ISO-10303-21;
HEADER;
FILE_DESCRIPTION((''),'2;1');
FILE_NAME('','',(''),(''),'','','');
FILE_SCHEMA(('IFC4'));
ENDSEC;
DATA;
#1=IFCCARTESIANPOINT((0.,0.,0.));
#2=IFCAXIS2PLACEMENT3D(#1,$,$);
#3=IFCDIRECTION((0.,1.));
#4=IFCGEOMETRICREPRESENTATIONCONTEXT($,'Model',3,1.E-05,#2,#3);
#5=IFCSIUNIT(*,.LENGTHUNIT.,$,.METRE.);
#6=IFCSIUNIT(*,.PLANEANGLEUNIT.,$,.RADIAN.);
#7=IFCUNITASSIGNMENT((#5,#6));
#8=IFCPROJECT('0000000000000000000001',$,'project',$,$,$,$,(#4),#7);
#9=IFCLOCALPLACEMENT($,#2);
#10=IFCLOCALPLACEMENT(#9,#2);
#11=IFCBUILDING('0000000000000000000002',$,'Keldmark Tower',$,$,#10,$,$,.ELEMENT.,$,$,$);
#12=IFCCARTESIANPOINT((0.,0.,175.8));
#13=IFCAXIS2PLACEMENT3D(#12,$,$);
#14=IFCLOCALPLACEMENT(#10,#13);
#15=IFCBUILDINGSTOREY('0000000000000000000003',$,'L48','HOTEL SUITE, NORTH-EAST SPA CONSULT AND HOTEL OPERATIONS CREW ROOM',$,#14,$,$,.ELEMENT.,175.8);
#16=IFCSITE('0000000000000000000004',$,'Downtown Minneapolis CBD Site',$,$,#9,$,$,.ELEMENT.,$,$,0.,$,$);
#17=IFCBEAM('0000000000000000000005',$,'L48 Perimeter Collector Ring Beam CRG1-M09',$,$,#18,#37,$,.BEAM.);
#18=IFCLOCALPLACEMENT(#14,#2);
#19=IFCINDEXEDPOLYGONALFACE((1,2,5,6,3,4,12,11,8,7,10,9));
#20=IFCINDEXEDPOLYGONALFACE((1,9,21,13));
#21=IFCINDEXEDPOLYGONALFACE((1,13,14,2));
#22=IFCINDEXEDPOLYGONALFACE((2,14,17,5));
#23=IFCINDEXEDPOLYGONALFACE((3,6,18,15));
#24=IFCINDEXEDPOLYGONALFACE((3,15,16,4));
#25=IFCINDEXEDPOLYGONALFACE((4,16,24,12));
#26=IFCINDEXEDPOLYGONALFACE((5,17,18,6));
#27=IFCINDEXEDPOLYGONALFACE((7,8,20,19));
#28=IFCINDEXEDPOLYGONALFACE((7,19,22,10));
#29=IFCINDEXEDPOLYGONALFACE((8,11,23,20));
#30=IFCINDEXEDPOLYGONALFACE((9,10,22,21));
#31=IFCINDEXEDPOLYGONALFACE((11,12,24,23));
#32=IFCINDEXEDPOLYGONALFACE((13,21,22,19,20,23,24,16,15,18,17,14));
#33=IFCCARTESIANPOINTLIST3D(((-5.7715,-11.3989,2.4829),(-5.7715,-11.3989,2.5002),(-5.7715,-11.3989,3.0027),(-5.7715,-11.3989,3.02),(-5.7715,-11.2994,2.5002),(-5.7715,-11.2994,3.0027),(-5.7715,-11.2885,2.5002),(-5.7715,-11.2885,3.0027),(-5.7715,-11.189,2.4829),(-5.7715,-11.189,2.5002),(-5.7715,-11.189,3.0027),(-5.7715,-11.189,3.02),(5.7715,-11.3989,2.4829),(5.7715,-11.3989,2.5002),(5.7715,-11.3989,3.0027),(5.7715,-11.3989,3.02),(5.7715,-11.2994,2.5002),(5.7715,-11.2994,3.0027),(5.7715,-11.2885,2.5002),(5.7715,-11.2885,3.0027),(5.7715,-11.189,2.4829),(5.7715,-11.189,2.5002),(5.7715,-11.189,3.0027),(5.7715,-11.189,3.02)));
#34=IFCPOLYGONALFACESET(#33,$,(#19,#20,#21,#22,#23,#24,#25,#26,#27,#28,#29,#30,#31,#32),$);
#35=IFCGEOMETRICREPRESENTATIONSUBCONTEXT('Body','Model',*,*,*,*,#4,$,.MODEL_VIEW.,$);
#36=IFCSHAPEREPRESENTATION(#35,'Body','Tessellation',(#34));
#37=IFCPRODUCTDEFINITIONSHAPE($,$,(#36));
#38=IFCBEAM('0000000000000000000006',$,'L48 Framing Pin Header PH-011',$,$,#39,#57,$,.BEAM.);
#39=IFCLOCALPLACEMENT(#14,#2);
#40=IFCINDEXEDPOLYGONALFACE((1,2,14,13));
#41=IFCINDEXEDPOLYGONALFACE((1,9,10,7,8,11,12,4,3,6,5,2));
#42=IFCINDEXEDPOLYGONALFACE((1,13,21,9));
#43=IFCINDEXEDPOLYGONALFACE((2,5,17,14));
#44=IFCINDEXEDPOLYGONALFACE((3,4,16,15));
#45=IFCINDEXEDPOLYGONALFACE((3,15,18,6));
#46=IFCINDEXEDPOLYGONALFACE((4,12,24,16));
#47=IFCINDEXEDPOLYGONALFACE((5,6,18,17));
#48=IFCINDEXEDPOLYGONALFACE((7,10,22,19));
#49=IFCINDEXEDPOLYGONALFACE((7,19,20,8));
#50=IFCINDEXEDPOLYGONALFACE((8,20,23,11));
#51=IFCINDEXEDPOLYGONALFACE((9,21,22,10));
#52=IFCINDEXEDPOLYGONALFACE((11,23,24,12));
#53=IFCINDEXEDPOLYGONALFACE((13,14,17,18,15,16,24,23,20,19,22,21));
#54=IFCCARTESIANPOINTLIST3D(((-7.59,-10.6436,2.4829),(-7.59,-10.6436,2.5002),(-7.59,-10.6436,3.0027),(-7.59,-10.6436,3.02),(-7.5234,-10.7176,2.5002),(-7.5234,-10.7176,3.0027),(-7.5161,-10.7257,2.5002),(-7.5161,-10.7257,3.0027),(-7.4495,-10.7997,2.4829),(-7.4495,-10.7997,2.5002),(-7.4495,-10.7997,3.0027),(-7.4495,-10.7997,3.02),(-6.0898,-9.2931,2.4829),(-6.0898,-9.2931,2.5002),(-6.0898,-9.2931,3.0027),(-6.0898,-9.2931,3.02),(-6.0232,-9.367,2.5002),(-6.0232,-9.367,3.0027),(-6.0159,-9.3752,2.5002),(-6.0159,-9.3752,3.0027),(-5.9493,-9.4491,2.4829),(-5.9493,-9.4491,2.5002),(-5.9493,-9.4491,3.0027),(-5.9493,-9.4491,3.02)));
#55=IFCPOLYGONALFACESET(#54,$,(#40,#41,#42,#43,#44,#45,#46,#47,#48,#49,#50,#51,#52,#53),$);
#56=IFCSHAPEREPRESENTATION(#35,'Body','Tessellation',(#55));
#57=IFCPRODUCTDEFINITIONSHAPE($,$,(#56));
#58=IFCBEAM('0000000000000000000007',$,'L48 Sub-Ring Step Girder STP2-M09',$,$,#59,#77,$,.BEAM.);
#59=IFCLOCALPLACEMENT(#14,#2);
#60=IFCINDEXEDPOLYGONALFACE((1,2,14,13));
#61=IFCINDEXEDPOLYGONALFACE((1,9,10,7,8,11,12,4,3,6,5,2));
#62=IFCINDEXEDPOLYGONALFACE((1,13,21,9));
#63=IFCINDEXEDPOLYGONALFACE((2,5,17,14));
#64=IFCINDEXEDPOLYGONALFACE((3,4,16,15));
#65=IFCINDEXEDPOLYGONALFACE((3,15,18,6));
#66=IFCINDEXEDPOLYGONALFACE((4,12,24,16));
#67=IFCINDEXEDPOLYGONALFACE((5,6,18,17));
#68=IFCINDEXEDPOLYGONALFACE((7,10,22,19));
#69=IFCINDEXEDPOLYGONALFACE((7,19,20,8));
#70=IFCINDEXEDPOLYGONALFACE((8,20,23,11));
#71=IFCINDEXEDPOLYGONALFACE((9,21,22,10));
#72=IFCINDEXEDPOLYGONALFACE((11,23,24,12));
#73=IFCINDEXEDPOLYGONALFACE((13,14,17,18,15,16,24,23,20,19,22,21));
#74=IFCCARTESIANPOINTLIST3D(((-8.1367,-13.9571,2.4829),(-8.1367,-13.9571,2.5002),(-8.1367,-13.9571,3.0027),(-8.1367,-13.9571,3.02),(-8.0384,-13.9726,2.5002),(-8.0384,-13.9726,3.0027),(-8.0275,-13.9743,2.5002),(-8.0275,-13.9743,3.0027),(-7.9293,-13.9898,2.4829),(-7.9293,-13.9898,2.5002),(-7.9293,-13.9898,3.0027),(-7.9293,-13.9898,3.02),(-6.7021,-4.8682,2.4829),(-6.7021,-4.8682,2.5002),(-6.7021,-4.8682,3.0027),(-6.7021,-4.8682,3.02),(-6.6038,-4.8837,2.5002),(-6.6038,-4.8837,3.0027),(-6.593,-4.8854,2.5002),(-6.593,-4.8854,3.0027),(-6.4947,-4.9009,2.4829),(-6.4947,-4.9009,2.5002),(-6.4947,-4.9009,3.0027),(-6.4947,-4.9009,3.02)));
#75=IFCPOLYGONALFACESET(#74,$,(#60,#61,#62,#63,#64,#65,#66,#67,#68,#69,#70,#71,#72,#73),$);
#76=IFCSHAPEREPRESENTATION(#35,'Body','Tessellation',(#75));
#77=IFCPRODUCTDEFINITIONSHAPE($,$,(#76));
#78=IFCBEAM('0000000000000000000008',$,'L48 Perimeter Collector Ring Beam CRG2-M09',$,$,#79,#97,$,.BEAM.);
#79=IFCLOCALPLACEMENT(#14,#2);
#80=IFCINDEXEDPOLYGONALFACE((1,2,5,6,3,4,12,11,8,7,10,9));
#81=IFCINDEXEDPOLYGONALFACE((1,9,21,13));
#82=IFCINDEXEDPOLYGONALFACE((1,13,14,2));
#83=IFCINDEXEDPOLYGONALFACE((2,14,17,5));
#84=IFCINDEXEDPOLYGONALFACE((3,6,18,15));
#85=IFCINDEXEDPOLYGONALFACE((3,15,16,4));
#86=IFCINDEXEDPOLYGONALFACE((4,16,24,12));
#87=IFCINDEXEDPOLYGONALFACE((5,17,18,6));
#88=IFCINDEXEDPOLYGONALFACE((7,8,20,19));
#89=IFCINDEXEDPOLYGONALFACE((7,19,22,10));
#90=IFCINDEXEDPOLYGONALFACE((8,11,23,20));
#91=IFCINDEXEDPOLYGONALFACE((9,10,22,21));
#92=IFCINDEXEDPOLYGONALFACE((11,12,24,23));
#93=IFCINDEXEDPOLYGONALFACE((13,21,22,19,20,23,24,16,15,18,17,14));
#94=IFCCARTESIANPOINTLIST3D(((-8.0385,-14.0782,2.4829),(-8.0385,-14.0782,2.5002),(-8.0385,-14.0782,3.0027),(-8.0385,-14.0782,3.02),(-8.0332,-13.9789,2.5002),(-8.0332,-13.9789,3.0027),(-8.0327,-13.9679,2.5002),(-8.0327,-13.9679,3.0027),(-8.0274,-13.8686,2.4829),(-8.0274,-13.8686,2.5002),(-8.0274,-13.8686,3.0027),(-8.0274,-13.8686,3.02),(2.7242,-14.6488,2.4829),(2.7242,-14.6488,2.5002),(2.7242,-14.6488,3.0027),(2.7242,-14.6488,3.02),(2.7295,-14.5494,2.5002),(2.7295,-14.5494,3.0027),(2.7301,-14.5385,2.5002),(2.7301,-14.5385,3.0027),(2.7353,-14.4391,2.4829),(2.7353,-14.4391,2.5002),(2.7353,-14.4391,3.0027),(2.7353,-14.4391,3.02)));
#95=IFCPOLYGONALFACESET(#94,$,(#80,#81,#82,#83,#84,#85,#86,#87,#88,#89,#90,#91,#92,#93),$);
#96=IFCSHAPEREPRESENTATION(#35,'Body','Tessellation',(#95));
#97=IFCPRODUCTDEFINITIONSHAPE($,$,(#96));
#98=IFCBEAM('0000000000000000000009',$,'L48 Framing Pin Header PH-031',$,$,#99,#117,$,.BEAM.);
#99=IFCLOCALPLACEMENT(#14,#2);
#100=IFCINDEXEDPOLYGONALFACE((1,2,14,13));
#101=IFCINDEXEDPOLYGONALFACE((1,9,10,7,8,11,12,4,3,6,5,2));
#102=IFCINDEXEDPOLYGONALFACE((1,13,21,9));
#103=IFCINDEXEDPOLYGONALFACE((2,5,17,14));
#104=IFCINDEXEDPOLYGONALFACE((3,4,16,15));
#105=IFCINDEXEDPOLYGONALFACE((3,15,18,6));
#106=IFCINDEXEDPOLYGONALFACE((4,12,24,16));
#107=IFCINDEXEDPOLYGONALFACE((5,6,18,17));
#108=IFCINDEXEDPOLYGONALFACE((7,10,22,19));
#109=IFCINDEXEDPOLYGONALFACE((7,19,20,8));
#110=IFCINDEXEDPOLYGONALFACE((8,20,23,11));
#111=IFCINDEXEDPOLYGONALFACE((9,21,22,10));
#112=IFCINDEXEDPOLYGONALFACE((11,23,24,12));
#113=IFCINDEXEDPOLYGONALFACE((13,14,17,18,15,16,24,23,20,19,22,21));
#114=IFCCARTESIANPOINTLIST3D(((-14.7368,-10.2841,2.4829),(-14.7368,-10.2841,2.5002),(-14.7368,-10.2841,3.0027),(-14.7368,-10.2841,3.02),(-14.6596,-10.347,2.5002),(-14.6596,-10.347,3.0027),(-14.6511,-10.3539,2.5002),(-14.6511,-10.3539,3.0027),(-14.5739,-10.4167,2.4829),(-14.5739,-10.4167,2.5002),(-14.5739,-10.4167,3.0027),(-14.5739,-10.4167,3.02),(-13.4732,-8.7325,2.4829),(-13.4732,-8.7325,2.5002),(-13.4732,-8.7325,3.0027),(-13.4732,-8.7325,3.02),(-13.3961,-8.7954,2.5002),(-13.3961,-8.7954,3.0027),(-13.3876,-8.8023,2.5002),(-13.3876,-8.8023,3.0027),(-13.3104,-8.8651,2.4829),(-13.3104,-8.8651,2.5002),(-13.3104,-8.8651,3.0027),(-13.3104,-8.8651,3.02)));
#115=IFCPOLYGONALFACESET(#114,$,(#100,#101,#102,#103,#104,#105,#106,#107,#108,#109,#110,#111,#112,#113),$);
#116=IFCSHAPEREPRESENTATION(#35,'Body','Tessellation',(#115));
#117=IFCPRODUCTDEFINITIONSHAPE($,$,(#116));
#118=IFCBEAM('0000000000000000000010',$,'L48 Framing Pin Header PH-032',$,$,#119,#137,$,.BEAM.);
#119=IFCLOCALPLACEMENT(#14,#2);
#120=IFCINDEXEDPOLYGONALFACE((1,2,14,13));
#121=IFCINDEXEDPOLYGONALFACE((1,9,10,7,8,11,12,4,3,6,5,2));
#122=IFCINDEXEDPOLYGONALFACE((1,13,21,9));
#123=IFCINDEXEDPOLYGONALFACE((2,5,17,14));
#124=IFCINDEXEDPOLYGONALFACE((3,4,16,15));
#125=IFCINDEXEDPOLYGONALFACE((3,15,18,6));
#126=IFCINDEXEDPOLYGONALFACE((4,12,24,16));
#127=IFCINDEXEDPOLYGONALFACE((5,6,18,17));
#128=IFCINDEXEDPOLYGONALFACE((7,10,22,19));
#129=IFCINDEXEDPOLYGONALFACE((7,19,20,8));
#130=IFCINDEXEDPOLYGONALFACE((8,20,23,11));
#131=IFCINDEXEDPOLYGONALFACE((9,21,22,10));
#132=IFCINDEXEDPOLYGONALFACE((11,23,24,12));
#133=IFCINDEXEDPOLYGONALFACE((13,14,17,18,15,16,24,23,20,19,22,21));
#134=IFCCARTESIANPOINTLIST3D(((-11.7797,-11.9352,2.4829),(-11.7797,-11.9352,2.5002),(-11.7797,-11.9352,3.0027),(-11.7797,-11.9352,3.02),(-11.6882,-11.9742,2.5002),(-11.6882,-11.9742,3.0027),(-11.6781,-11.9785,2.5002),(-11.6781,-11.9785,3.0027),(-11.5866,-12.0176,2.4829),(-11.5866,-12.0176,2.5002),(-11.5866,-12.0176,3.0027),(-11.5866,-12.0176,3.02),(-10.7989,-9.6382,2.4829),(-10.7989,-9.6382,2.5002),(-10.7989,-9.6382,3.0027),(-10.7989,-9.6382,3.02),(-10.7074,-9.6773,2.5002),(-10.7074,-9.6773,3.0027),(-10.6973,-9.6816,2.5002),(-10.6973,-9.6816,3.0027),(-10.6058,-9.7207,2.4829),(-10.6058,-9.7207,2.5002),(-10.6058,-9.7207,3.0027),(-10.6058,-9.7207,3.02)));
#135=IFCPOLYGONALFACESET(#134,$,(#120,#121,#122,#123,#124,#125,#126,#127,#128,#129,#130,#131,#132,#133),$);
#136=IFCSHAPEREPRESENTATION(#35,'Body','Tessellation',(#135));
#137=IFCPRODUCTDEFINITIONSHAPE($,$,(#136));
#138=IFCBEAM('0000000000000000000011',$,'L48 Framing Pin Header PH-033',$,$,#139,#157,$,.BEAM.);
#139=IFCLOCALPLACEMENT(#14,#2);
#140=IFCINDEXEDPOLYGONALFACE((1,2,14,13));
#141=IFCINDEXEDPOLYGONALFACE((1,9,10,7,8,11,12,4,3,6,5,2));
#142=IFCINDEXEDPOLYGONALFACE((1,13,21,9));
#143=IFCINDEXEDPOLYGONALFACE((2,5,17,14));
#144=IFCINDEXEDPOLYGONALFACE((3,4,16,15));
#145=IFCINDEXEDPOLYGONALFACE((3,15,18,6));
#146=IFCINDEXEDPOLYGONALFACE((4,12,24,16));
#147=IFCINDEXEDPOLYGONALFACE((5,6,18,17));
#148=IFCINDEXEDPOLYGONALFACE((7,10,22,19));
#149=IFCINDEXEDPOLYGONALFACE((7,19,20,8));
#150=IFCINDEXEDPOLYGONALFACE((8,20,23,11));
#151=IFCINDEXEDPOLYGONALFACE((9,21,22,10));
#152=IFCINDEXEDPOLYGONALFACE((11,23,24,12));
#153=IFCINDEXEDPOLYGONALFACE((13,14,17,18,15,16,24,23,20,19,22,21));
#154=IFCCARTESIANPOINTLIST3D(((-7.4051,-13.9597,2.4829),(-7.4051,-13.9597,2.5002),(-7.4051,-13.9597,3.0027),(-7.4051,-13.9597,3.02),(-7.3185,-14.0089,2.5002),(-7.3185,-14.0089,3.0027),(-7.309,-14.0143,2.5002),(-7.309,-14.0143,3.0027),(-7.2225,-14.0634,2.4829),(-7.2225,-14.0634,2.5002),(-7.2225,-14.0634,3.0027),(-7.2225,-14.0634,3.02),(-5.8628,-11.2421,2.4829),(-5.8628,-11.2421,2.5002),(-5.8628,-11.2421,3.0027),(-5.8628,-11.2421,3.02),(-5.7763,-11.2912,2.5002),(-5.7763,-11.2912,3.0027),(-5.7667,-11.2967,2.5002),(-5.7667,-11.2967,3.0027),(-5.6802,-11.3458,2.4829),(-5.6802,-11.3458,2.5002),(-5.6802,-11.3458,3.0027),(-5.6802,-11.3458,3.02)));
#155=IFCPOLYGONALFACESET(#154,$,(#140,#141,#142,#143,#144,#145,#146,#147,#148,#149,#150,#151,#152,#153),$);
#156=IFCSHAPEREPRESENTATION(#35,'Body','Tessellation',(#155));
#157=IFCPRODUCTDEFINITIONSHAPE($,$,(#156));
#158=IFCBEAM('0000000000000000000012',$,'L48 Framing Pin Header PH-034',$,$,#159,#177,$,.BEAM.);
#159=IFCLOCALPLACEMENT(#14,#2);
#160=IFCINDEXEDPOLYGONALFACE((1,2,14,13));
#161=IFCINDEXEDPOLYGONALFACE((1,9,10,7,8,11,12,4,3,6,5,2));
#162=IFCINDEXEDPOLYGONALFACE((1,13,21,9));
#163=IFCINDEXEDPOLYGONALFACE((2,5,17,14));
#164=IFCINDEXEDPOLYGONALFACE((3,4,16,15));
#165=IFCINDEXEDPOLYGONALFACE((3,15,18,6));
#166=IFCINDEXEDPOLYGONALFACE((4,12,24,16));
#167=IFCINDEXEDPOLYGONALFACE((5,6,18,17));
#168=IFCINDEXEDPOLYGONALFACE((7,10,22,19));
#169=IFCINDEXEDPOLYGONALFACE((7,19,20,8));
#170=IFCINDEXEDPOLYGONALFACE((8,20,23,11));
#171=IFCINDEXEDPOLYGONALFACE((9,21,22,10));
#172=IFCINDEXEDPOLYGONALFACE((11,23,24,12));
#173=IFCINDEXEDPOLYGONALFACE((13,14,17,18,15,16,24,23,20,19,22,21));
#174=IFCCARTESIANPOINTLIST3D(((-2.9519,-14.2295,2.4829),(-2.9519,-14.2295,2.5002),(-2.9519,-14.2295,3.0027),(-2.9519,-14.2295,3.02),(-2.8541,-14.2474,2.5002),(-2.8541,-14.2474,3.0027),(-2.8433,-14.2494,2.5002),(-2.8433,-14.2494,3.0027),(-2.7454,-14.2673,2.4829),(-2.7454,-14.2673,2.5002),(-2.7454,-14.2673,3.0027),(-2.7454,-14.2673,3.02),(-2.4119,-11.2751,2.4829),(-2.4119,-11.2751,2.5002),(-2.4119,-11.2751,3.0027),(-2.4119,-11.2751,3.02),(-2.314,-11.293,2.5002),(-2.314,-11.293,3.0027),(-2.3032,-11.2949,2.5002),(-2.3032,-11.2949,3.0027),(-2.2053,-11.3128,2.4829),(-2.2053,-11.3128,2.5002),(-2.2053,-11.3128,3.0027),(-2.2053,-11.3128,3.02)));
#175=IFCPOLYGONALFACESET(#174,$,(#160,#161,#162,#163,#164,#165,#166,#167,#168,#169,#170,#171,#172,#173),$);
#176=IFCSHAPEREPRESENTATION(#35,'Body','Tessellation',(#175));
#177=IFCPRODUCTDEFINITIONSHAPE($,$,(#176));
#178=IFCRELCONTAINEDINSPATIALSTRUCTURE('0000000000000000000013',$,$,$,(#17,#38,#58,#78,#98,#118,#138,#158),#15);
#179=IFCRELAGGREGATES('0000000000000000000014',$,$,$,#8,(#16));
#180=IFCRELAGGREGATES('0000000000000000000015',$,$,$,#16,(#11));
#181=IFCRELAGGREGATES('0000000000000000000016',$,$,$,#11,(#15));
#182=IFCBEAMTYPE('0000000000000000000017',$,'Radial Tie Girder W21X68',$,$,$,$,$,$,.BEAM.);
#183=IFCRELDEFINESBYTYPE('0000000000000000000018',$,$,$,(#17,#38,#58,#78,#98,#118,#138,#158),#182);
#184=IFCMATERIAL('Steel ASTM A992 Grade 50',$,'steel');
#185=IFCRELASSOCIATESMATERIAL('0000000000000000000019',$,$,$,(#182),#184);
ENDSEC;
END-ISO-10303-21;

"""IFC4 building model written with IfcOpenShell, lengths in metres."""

from ifc_helpers import new_model, si_unit, direction, frame, origin, origin_2d, place, context, subcontext, project, spatial, i_section, extrude, material, material_profile, profile_set, type_object, element, save


model = new_model("IFC4")

# Units and contexts
model_context = context("Model", 3, precision=1e-05, world=origin(), true_north=direction((0.0, 1.0)))
body_context = subcontext(model_context, "Body", "Model", "MODEL_VIEW")
ifc_project = project(units=[si_unit("LENGTHUNIT", "METRE"), si_unit("PLANEANGLEUNIT", "RADIAN")], contexts=[model_context])

# Site, building, storey
site_placement = place(None, origin())
site = spatial("IfcSite", under=ifc_project, at=site_placement, Name="Downtown Minneapolis CBD Site", CompositionType="ELEMENT", RefElevation=0.0)
building_placement = place(site_placement, origin())
building = spatial("IfcBuilding", under=site, at=building_placement, Name="Keldmark Tower", CompositionType="ELEMENT")
storey_placement = place(building_placement, frame((0.0, 0.0, 175.8)))
storey = spatial("IfcBuildingStorey", under=building, at=storey_placement, Name="L48", Description="HOTEL SUITE, NORTH-EAST SPA CONSULT AND HOTEL OPERATIONS CREW ROOM", CompositionType="ELEMENT", Elevation=175.8)

# Beams
ifc_material_1 = material(Name="Steel ASTM A992 Grade 50", Category="steel")
ifc_material_profile_1 = material_profile(ifc_material_1, i_section(OverallWidth=0.21, OverallDepth=0.5371, WebThickness=0.011, FlangeThickness=0.0173, at=origin_2d()), Name="W21X68")
ifc_profile_set_1 = profile_set([ifc_material_profile_1], Name="Steel ASTM A992 Grade 50")
beam_type_1 = type_object("IfcBeamType", Name="Radial Tie Girder W21X68", PredefinedType="BEAM", material=ifc_profile_set_1)
beam_1_placement = place(storey_placement, frame((-5.7715, -11.2939, 2.7515), z_axis=(1.0, 0.0, 0.0), x_axis=(0.0, 1.0, 0.0)))
element("IfcBeam", 1, at=beam_1_placement, inside=storey, type_object=beam_type_1, Name="L48 Perimeter Collector Ring Beam CRG1-M09", PredefinedType="BEAM", context=body_context, shape_type="SweptSolid", body=[
    extrude(i_section(OverallWidth=0.21, OverallDepth=0.5371, WebThickness=0.011, FlangeThickness=0.0173, at=origin_2d()), origin(), (0.0, 0.0, 1.0), 11.543),
])
beam_2_placement = place(storey_placement, frame((-6.0195, -9.3711, 2.7515), z_axis=(-0.743204, -0.669065, 0.0), x_axis=(0.669065, -0.743204, 0.0)))
element("IfcBeam", 2, at=beam_2_placement, inside=storey, type_object=beam_type_1, Name="L48 Framing Pin Header PH-011", PredefinedType="BEAM", context=body_context, shape_type="SweptSolid", body=[
    extrude(i_section(OverallWidth=0.21, OverallDepth=0.5371, WebThickness=0.011, FlangeThickness=0.0173, at=origin_2d()), origin(), (0.0, 0.0, 1.0), 2.0186),
])
beam_3_placement = place(storey_placement, frame((-6.5984, -4.8845, 2.7515), z_axis=(-0.155908, -0.987772, 0.0), x_axis=(0.987772, -0.155908, 0.0)))
element("IfcBeam", 3, at=beam_3_placement, inside=storey, type_object=beam_type_1, Name="L48 Sub-Ring Step Girder STP2-M09", PredefinedType="BEAM", context=body_context, shape_type="SweptSolid", body=[
    extrude(i_section(OverallWidth=0.21, OverallDepth=0.5371, WebThickness=0.011, FlangeThickness=0.0173, at=origin_2d()), origin(), (0.0, 0.0, 1.0), 9.2014),
])
beam_4_placement = place(storey_placement, frame((-8.033, -13.9734, 2.7515), z_axis=(0.998598, -0.052938, 0.0), x_axis=(0.052938, 0.998598, 0.0)))
element("IfcBeam", 4, at=beam_4_placement, inside=storey, type_object=beam_type_1, Name="L48 Perimeter Collector Ring Beam CRG2-M09", PredefinedType="BEAM", context=body_context, shape_type="SweptSolid", body=[
    extrude(i_section(OverallWidth=0.21, OverallDepth=0.5371, WebThickness=0.011, FlangeThickness=0.0173, at=origin_2d()), origin(), (0.0, 0.0, 1.0), 10.7778),
])
beam_5_placement = place(storey_placement, frame((-13.3918, -8.7988, 2.7515), z_axis=(-0.631442, -0.775423, 0.0), x_axis=(0.775423, -0.631442, 0.0)))
element("IfcBeam", 5, at=beam_5_placement, inside=storey, type_object=beam_type_1, Name="L48 Framing Pin Header PH-031", PredefinedType="BEAM", context=body_context, shape_type="SweptSolid", body=[
    extrude(i_section(OverallWidth=0.21, OverallDepth=0.5371, WebThickness=0.011, FlangeThickness=0.0173, at=origin_2d()), origin(), (0.0, 0.0, 1.0), 2.001),
])
beam_6_placement = place(storey_placement, frame((-10.7024, -9.6794, 2.7515), z_axis=(-0.39268, -0.919675, 0.0), x_axis=(0.919675, -0.39268, 0.0)))
element("IfcBeam", 6, at=beam_6_placement, inside=storey, type_object=beam_type_1, Name="L48 Framing Pin Header PH-032", PredefinedType="BEAM", context=body_context, shape_type="SweptSolid", body=[
    extrude(i_section(OverallWidth=0.21, OverallDepth=0.5371, WebThickness=0.011, FlangeThickness=0.0173, at=origin_2d()), origin(), (0.0, 0.0, 1.0), 2.4976),
])
beam_7_placement = place(storey_placement, frame((-5.7715, -11.2939, 2.7515), z_axis=(-0.49357, -0.869706, 0.0), x_axis=(0.869706, -0.49357, 0.0)))
element("IfcBeam", 7, at=beam_7_placement, inside=storey, type_object=beam_type_1, Name="L48 Framing Pin Header PH-033", PredefinedType="BEAM", context=body_context, shape_type="SweptSolid", body=[
    extrude(i_section(OverallWidth=0.21, OverallDepth=0.5371, WebThickness=0.011, FlangeThickness=0.0173, at=origin_2d()), origin(), (0.0, 0.0, 1.0), 3.1248),
])
beam_8_placement = place(storey_placement, frame((-2.3086, -11.2939, 2.7515), z_axis=(-0.179815, -0.9837, 0.0), x_axis=(0.9837, -0.179815, 0.0)))
element("IfcBeam", 8, at=beam_8_placement, inside=storey, type_object=beam_type_1, Name="L48 Framing Pin Header PH-034", PredefinedType="BEAM", context=body_context, shape_type="SweptSolid", body=[
    extrude(i_section(OverallWidth=0.21, OverallDepth=0.5371, WebThickness=0.011, FlangeThickness=0.0173, at=origin_2d()), origin(), (0.0, 0.0, 1.0), 3.0034),
])

save(model, "model.ifc")
